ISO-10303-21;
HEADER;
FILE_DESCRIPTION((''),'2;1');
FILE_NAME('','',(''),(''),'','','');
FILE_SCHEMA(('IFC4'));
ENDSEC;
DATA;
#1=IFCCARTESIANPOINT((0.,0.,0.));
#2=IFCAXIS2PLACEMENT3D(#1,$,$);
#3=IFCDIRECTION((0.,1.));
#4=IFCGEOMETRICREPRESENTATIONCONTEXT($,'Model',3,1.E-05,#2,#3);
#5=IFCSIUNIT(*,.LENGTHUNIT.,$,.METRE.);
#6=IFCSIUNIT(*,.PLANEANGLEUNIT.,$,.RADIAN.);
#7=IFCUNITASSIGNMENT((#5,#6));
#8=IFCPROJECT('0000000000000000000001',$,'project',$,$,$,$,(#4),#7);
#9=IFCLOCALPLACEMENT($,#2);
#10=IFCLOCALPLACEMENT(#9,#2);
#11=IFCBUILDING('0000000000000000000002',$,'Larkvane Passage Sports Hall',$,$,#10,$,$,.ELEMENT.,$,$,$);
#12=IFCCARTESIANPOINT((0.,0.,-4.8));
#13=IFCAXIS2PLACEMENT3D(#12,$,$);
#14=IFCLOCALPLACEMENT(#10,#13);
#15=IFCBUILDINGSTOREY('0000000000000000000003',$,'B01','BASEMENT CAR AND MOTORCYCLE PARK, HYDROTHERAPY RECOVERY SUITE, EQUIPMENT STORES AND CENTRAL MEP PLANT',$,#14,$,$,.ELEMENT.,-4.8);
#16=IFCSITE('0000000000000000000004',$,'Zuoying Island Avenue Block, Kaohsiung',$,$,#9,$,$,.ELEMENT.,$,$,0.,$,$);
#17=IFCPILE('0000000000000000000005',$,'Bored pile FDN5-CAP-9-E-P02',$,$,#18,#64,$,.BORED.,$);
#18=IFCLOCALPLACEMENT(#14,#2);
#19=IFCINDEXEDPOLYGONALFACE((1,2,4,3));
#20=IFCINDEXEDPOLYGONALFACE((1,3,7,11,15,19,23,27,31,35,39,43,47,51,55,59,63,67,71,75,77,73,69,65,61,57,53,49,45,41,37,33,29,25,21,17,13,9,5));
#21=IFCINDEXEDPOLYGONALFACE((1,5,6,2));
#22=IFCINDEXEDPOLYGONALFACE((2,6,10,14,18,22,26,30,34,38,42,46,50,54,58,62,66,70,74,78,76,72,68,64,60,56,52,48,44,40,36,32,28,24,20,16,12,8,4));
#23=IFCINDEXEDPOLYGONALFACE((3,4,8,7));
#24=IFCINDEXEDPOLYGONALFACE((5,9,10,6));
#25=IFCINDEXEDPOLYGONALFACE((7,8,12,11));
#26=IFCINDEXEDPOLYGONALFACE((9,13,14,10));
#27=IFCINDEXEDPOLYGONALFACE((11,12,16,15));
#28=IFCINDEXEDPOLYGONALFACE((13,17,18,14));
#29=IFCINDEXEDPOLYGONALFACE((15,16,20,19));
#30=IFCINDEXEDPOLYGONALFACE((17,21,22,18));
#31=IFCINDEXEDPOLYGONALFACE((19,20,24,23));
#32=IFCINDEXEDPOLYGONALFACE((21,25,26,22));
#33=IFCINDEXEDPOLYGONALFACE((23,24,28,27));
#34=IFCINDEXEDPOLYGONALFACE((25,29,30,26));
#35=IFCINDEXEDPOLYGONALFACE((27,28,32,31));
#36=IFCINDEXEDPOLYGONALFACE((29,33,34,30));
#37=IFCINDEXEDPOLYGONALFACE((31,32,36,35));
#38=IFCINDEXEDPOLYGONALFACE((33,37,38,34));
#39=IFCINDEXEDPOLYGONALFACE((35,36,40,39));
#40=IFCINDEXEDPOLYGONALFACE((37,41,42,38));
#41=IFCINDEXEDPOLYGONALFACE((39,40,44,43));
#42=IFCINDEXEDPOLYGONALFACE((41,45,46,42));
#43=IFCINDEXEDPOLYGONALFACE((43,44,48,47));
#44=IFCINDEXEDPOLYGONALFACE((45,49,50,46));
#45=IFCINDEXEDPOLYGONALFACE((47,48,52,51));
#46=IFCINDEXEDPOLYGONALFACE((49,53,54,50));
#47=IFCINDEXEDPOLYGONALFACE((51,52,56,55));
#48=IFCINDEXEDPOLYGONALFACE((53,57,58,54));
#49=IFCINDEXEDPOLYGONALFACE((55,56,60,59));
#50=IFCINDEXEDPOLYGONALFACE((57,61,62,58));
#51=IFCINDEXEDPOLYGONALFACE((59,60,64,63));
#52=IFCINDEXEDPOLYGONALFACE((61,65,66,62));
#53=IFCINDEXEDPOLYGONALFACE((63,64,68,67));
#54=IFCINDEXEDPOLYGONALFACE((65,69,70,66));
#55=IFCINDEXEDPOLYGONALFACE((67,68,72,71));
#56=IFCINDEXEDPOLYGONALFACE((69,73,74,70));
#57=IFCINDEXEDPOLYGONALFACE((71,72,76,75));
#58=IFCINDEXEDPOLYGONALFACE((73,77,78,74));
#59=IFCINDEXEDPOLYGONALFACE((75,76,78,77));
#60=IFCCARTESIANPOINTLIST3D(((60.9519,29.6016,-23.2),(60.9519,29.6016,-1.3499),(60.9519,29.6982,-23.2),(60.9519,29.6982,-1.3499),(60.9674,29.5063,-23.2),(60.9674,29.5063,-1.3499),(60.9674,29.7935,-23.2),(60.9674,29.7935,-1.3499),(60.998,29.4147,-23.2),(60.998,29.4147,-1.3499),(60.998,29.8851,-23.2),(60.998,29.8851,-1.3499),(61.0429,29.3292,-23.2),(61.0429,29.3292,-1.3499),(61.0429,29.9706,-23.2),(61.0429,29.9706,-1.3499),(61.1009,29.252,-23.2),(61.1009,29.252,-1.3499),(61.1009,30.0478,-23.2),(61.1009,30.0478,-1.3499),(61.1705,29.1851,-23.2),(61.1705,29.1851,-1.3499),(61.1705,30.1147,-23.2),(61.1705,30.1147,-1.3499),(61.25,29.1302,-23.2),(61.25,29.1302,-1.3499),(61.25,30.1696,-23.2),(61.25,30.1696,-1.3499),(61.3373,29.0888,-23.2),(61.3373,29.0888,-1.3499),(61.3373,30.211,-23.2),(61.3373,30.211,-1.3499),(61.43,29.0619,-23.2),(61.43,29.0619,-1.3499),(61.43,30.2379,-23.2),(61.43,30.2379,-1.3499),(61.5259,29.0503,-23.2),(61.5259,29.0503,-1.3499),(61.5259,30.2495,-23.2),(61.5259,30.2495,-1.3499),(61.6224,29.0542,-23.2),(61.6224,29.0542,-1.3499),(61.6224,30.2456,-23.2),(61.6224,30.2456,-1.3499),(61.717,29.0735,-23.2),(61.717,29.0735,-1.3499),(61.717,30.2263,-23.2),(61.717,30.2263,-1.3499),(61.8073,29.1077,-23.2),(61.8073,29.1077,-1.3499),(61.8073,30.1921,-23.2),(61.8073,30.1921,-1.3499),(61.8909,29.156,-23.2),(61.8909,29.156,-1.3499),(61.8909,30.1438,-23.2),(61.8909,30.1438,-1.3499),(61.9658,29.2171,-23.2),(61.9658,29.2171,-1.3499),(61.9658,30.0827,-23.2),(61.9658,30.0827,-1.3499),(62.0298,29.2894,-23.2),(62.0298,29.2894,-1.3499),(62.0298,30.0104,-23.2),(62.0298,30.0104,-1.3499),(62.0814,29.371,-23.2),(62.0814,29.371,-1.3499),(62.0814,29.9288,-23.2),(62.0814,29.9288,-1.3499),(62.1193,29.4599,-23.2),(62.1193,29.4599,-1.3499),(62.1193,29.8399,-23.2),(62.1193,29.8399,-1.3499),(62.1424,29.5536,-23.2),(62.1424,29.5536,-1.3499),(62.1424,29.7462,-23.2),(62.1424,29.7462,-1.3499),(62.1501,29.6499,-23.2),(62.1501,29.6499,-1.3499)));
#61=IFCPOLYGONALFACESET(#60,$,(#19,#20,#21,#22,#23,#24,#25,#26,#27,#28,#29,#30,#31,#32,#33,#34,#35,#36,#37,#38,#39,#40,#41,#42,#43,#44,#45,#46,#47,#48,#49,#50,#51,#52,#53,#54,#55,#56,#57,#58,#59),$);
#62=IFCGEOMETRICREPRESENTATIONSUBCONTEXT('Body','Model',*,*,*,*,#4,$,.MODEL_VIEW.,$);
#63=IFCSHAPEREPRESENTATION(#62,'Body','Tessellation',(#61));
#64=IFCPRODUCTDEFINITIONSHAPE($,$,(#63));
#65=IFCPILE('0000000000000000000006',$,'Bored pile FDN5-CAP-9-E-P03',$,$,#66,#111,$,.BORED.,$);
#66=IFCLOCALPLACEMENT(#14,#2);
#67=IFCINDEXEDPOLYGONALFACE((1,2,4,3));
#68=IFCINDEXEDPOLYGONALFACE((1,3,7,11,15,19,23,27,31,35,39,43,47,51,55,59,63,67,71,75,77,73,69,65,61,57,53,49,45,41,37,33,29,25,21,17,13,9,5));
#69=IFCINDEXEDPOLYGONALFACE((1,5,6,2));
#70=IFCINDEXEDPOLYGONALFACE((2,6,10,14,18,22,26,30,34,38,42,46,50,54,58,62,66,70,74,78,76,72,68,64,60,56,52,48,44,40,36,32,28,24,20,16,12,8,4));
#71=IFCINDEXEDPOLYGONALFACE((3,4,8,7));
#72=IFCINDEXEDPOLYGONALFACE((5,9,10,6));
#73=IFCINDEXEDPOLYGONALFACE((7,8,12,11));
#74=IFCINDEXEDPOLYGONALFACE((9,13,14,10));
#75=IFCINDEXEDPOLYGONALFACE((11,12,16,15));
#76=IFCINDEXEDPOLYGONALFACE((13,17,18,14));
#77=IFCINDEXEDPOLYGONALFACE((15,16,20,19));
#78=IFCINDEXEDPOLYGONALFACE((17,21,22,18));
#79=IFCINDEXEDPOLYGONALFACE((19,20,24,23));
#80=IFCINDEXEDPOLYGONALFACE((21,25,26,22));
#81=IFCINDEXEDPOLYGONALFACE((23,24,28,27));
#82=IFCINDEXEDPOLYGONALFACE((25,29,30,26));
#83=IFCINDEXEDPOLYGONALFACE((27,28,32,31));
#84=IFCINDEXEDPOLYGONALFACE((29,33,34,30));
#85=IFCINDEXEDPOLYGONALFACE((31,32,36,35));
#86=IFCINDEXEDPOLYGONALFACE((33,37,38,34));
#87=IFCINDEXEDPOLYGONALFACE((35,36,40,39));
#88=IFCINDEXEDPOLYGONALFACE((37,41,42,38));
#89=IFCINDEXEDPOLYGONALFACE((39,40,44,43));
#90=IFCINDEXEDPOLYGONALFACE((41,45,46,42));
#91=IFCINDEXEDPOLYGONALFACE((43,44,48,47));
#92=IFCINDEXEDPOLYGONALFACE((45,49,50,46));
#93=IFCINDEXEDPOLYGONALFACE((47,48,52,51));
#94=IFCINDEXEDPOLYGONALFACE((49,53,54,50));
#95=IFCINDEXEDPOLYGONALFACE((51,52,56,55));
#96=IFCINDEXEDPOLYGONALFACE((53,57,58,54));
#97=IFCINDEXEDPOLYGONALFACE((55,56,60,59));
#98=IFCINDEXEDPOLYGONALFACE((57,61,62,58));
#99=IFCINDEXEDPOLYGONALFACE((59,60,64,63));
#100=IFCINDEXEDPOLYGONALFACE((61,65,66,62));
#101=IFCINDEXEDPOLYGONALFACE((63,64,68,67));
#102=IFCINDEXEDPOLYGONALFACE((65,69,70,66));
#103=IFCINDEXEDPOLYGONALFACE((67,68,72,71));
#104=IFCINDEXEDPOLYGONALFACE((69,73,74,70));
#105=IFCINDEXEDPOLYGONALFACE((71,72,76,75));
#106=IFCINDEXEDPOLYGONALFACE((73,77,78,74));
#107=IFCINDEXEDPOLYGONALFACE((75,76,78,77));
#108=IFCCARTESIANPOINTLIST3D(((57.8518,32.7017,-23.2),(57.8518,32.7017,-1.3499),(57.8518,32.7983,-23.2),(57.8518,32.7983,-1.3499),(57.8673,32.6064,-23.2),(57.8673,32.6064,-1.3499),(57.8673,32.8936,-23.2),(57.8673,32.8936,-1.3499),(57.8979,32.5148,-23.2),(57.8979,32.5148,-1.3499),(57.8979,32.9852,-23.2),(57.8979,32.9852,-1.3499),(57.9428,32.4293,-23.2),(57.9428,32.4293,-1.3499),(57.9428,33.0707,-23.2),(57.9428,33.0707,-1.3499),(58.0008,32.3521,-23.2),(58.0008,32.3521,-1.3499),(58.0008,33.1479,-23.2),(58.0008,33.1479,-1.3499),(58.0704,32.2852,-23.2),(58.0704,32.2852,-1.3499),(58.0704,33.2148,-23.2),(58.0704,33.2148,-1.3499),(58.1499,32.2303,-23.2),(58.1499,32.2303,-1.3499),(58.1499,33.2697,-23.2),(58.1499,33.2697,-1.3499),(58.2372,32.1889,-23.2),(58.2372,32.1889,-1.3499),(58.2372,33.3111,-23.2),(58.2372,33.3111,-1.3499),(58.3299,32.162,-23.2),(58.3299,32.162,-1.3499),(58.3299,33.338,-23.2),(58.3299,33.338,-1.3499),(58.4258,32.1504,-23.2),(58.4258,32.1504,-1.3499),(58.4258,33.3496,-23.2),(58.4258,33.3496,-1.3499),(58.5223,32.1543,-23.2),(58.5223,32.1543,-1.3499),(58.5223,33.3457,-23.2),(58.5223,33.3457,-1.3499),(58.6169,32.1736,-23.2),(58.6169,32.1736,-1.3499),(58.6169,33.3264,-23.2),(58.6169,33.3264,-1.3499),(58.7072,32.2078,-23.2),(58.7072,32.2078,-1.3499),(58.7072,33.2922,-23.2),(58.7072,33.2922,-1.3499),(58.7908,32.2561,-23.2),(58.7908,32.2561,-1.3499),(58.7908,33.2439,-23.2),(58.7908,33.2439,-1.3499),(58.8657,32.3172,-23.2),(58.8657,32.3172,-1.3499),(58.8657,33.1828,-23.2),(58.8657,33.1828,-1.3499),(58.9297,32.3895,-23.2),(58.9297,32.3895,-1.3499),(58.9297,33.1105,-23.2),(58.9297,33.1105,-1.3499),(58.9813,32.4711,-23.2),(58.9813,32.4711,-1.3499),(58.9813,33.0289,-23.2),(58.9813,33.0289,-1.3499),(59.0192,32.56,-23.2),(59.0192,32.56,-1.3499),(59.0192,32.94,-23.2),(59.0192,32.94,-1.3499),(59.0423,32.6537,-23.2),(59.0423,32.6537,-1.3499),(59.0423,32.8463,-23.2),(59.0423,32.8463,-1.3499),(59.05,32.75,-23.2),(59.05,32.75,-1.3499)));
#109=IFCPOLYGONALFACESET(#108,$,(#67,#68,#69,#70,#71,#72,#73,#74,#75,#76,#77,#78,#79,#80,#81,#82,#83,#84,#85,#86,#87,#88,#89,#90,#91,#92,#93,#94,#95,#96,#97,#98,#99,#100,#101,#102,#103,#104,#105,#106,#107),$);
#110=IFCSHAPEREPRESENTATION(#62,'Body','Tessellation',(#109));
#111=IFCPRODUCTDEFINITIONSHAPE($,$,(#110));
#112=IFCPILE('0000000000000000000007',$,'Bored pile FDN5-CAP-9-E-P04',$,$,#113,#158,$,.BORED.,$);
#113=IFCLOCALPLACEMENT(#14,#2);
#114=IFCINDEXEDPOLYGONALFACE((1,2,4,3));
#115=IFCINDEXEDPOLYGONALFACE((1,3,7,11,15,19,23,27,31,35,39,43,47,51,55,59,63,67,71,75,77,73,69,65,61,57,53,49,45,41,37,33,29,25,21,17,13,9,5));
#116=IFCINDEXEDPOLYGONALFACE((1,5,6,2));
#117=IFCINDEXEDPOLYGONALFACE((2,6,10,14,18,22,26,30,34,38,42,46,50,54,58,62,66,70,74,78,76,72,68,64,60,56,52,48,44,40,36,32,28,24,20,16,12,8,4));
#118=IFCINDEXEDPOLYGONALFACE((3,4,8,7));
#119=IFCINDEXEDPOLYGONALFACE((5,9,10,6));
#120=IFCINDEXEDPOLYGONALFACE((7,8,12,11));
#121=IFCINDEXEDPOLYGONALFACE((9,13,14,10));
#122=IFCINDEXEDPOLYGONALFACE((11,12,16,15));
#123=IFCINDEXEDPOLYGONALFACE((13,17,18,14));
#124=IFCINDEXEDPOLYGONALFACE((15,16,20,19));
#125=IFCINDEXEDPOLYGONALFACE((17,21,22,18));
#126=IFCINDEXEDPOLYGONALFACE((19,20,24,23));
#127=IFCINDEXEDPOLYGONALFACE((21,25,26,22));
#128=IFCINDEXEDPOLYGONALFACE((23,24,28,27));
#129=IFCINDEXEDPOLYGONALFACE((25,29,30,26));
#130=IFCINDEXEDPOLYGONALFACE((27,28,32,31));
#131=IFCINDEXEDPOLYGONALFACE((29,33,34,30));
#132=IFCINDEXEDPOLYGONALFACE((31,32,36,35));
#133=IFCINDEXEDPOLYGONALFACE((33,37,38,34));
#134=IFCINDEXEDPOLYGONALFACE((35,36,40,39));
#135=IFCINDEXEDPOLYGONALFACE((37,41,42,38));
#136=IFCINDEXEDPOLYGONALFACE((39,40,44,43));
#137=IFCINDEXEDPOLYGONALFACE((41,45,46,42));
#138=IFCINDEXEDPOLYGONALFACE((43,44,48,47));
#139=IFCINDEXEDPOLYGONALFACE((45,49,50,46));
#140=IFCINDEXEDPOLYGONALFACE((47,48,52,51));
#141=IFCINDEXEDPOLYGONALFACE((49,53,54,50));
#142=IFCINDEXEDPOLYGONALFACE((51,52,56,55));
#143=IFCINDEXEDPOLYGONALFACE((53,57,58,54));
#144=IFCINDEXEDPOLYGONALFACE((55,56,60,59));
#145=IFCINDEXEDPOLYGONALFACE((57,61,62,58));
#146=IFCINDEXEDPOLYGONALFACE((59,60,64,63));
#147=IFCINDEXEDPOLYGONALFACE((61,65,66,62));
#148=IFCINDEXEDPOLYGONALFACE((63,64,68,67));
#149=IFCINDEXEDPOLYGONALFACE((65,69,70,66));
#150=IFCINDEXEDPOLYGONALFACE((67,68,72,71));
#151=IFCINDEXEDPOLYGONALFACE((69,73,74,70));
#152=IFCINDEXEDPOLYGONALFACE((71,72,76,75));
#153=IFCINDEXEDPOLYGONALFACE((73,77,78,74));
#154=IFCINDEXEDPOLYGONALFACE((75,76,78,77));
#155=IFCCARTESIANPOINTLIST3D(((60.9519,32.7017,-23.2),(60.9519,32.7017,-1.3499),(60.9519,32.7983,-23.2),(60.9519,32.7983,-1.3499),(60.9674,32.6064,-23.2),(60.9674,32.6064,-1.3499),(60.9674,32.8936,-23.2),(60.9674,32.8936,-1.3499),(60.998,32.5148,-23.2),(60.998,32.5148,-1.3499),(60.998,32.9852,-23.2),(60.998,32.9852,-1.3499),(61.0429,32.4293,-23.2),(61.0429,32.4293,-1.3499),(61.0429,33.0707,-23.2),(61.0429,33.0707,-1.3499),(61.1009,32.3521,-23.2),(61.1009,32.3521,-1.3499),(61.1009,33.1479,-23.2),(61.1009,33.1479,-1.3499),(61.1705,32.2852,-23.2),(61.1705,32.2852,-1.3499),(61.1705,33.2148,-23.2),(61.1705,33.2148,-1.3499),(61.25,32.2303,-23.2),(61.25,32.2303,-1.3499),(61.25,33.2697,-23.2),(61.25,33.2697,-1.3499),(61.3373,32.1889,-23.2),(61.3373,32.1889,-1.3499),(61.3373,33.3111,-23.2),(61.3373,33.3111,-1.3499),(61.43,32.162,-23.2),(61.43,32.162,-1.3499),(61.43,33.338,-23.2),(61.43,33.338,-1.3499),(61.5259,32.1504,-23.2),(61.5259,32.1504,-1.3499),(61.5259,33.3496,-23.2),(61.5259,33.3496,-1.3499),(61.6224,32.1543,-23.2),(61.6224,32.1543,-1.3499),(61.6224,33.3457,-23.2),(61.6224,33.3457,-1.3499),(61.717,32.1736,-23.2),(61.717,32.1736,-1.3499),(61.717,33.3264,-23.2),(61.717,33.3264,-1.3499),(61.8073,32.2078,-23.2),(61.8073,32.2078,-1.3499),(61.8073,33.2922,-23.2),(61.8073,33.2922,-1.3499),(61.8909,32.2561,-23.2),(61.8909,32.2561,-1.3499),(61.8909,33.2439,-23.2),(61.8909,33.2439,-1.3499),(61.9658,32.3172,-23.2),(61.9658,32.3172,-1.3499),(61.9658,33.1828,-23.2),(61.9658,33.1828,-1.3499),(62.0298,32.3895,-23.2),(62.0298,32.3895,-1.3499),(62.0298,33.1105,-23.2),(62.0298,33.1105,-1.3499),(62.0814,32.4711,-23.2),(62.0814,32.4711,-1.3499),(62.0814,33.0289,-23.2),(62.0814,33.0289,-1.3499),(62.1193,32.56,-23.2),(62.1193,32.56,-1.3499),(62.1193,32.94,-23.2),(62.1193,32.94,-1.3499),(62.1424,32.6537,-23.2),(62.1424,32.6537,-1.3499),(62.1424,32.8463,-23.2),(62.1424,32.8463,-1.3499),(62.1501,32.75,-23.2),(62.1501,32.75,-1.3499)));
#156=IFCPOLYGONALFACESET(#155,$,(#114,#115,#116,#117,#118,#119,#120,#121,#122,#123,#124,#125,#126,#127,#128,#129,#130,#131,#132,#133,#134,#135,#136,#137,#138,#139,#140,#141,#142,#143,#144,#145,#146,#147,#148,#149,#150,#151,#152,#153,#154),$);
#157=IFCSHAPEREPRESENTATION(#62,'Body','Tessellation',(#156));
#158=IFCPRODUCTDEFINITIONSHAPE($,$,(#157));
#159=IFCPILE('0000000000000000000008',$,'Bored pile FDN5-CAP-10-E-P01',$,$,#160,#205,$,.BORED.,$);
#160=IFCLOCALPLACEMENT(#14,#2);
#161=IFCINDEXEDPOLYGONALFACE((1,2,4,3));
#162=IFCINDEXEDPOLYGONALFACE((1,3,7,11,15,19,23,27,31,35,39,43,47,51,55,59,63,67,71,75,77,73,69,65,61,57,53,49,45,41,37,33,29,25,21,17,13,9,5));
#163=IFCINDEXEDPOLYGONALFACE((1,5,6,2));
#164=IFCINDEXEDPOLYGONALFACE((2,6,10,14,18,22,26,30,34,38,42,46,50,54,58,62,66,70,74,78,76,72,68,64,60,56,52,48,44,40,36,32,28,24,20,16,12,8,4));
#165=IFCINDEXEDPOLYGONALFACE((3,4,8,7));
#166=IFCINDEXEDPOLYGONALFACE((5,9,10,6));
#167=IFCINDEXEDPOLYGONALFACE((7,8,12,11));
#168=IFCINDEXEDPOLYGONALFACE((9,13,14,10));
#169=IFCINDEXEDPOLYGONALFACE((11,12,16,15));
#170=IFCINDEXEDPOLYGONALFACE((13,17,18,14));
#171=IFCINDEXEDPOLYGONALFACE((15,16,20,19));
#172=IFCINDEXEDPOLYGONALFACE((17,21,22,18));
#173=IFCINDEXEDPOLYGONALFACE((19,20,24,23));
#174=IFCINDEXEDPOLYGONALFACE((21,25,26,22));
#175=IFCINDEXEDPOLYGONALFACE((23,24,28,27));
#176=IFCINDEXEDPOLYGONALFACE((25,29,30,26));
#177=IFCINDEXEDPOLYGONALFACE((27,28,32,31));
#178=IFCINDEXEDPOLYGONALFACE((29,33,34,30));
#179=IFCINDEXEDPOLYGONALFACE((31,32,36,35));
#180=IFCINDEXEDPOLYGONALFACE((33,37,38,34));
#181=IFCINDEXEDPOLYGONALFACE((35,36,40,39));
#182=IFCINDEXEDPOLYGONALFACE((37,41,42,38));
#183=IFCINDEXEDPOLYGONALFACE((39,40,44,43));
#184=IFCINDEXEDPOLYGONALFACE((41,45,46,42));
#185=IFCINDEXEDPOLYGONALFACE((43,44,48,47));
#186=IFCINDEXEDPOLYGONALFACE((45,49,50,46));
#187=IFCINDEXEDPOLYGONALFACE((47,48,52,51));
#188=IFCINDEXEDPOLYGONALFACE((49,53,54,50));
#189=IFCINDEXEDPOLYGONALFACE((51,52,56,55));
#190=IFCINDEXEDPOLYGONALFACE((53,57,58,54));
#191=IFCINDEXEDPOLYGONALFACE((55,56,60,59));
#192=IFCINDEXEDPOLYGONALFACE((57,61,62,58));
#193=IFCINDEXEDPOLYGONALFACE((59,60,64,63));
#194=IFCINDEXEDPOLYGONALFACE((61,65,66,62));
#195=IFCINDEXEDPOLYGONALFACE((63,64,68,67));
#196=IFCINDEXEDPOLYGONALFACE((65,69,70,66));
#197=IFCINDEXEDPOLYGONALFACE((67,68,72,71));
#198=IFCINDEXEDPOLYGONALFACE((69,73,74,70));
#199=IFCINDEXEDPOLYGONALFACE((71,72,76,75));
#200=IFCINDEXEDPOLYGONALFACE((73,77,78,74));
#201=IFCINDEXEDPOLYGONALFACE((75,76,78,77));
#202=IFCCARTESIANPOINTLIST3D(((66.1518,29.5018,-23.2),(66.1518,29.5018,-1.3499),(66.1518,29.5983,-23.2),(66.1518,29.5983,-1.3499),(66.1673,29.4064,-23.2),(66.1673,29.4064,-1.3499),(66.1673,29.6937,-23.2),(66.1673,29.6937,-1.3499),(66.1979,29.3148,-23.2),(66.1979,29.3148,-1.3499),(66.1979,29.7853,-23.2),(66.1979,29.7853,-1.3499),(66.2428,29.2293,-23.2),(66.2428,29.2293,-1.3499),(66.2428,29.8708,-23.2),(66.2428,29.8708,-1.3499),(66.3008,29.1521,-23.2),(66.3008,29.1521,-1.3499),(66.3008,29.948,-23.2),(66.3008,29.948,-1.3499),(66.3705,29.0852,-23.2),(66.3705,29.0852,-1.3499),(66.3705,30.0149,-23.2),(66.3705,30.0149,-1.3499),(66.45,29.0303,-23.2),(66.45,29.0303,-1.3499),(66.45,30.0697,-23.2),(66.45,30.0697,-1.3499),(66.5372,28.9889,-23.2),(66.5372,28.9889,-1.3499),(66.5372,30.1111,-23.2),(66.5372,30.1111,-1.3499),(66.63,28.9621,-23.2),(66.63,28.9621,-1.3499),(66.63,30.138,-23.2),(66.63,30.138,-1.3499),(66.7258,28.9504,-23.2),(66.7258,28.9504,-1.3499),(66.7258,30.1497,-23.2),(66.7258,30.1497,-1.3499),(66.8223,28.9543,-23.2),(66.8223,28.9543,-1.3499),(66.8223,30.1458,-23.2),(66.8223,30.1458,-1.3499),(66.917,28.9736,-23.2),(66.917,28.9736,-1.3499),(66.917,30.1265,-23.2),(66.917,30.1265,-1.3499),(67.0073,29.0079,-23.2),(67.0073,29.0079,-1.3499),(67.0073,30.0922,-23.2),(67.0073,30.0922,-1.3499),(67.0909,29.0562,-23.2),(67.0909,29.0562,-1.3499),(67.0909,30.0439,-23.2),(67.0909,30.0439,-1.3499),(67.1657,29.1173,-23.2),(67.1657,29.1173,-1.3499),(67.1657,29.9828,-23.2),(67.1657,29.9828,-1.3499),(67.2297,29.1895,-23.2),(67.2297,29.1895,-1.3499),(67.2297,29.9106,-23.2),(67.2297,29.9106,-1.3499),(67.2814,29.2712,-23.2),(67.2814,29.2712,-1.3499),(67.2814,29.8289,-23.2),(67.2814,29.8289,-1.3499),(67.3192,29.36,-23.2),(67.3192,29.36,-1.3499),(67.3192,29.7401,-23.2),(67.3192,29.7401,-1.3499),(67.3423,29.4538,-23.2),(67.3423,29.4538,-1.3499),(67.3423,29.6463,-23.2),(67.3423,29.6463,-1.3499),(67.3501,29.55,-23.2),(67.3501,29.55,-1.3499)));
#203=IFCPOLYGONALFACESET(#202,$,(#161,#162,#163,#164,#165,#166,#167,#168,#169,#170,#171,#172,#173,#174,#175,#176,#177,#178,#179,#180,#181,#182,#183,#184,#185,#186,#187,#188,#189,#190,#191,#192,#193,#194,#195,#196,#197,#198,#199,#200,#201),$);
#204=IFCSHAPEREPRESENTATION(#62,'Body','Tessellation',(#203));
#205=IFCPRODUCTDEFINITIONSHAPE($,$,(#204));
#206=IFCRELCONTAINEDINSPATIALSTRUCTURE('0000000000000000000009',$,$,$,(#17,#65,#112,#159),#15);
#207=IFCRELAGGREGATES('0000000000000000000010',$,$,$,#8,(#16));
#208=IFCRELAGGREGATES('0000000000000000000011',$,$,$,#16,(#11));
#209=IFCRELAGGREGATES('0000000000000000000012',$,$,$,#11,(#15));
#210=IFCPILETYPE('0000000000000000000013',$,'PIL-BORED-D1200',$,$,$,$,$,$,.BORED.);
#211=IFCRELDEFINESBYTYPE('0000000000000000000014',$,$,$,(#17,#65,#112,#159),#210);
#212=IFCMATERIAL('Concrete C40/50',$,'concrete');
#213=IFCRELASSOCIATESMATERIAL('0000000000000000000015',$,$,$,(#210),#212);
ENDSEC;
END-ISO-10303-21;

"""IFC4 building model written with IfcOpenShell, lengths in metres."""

from ifc_helpers import new_model, si_unit, direction, frame, origin, origin_2d, place, context, subcontext, project, spatial, circle, extrude, material, material_profile, profile_set, type_object, element, save


model = new_model("IFC4")

# Units and contexts
model_context = context("Model", 3, precision=1e-05, world=origin(), true_north=direction((0.0, 1.0)))
body_context = subcontext(model_context, "Body", "Model", "MODEL_VIEW")
ifc_project = project(units=[si_unit("LENGTHUNIT", "METRE"), si_unit("PLANEANGLEUNIT", "RADIAN")], contexts=[model_context])

# Site, building, storey
site_placement = place(None, origin())
site = spatial("IfcSite", under=ifc_project, at=site_placement, Name="Zuoying Island Avenue Block, Kaohsiung", CompositionType="ELEMENT", RefElevation=0.0)
building_placement = place(site_placement, origin())
building = spatial("IfcBuilding", under=site, at=building_placement, Name="Larkvane Passage Sports Hall", CompositionType="ELEMENT")
storey_placement = place(building_placement, frame((0.0, 0.0, -4.8)))
storey = spatial("IfcBuildingStorey", under=building, at=storey_placement, Name="B01", Description="BASEMENT CAR AND MOTORCYCLE PARK, HYDROTHERAPY RECOVERY SUITE, EQUIPMENT STORES AND CENTRAL MEP PLANT", CompositionType="ELEMENT", Elevation=-4.8)

# Shared definitions
ifc_material_1 = material(Name="Concrete C40/50", Category="concrete")

# Piles
ifc_material_profile_1 = material_profile(ifc_material_1, circle(Radius=0.6001, at=origin_2d()), Name="PILE-D1200")
ifc_profile_set_1 = profile_set([ifc_material_profile_1], Name="Concrete C40/50")
pile_type = type_object("IfcPileType", Name="PIL-BORED-D1200", PredefinedType="BORED", material=ifc_profile_set_1)
for number, where, z_axis, x_axis, name in (
    (1, (61.55, 29.6499, -1.3499), (0.0, 0.0, -1.0), (1.0, 0.0, 0.0), "Bored pile FDN5-CAP-9-E-P02"),
    (2, (58.45, 32.75, -1.3499), (0.0, 0.0, -1.0), (1.0, 0.0, 0.0), "Bored pile FDN5-CAP-9-E-P03"),
    (3, (61.55, 32.75, -1.3499), (0.0, 0.0, -1.0), (1.0, 0.0, 0.0), "Bored pile FDN5-CAP-9-E-P04"),
    (4, (66.75, 29.55, -1.3499), (0.0, 0.0, -1.0), (1.0, 0.0, 0.0), "Bored pile FDN5-CAP-10-E-P01"),
):
    element("IfcPile", number, at=place(storey_placement, frame(where, z_axis=z_axis, x_axis=x_axis)), inside=storey, type_object=pile_type, Name=name, PredefinedType="BORED", context=body_context, shape_type="SweptSolid", body=[
        extrude(circle(Radius=0.6001, at=origin_2d()), origin(), (0.0, 0.0, 1.0), 21.8501),
    ])

save(model, "model.ifc")
